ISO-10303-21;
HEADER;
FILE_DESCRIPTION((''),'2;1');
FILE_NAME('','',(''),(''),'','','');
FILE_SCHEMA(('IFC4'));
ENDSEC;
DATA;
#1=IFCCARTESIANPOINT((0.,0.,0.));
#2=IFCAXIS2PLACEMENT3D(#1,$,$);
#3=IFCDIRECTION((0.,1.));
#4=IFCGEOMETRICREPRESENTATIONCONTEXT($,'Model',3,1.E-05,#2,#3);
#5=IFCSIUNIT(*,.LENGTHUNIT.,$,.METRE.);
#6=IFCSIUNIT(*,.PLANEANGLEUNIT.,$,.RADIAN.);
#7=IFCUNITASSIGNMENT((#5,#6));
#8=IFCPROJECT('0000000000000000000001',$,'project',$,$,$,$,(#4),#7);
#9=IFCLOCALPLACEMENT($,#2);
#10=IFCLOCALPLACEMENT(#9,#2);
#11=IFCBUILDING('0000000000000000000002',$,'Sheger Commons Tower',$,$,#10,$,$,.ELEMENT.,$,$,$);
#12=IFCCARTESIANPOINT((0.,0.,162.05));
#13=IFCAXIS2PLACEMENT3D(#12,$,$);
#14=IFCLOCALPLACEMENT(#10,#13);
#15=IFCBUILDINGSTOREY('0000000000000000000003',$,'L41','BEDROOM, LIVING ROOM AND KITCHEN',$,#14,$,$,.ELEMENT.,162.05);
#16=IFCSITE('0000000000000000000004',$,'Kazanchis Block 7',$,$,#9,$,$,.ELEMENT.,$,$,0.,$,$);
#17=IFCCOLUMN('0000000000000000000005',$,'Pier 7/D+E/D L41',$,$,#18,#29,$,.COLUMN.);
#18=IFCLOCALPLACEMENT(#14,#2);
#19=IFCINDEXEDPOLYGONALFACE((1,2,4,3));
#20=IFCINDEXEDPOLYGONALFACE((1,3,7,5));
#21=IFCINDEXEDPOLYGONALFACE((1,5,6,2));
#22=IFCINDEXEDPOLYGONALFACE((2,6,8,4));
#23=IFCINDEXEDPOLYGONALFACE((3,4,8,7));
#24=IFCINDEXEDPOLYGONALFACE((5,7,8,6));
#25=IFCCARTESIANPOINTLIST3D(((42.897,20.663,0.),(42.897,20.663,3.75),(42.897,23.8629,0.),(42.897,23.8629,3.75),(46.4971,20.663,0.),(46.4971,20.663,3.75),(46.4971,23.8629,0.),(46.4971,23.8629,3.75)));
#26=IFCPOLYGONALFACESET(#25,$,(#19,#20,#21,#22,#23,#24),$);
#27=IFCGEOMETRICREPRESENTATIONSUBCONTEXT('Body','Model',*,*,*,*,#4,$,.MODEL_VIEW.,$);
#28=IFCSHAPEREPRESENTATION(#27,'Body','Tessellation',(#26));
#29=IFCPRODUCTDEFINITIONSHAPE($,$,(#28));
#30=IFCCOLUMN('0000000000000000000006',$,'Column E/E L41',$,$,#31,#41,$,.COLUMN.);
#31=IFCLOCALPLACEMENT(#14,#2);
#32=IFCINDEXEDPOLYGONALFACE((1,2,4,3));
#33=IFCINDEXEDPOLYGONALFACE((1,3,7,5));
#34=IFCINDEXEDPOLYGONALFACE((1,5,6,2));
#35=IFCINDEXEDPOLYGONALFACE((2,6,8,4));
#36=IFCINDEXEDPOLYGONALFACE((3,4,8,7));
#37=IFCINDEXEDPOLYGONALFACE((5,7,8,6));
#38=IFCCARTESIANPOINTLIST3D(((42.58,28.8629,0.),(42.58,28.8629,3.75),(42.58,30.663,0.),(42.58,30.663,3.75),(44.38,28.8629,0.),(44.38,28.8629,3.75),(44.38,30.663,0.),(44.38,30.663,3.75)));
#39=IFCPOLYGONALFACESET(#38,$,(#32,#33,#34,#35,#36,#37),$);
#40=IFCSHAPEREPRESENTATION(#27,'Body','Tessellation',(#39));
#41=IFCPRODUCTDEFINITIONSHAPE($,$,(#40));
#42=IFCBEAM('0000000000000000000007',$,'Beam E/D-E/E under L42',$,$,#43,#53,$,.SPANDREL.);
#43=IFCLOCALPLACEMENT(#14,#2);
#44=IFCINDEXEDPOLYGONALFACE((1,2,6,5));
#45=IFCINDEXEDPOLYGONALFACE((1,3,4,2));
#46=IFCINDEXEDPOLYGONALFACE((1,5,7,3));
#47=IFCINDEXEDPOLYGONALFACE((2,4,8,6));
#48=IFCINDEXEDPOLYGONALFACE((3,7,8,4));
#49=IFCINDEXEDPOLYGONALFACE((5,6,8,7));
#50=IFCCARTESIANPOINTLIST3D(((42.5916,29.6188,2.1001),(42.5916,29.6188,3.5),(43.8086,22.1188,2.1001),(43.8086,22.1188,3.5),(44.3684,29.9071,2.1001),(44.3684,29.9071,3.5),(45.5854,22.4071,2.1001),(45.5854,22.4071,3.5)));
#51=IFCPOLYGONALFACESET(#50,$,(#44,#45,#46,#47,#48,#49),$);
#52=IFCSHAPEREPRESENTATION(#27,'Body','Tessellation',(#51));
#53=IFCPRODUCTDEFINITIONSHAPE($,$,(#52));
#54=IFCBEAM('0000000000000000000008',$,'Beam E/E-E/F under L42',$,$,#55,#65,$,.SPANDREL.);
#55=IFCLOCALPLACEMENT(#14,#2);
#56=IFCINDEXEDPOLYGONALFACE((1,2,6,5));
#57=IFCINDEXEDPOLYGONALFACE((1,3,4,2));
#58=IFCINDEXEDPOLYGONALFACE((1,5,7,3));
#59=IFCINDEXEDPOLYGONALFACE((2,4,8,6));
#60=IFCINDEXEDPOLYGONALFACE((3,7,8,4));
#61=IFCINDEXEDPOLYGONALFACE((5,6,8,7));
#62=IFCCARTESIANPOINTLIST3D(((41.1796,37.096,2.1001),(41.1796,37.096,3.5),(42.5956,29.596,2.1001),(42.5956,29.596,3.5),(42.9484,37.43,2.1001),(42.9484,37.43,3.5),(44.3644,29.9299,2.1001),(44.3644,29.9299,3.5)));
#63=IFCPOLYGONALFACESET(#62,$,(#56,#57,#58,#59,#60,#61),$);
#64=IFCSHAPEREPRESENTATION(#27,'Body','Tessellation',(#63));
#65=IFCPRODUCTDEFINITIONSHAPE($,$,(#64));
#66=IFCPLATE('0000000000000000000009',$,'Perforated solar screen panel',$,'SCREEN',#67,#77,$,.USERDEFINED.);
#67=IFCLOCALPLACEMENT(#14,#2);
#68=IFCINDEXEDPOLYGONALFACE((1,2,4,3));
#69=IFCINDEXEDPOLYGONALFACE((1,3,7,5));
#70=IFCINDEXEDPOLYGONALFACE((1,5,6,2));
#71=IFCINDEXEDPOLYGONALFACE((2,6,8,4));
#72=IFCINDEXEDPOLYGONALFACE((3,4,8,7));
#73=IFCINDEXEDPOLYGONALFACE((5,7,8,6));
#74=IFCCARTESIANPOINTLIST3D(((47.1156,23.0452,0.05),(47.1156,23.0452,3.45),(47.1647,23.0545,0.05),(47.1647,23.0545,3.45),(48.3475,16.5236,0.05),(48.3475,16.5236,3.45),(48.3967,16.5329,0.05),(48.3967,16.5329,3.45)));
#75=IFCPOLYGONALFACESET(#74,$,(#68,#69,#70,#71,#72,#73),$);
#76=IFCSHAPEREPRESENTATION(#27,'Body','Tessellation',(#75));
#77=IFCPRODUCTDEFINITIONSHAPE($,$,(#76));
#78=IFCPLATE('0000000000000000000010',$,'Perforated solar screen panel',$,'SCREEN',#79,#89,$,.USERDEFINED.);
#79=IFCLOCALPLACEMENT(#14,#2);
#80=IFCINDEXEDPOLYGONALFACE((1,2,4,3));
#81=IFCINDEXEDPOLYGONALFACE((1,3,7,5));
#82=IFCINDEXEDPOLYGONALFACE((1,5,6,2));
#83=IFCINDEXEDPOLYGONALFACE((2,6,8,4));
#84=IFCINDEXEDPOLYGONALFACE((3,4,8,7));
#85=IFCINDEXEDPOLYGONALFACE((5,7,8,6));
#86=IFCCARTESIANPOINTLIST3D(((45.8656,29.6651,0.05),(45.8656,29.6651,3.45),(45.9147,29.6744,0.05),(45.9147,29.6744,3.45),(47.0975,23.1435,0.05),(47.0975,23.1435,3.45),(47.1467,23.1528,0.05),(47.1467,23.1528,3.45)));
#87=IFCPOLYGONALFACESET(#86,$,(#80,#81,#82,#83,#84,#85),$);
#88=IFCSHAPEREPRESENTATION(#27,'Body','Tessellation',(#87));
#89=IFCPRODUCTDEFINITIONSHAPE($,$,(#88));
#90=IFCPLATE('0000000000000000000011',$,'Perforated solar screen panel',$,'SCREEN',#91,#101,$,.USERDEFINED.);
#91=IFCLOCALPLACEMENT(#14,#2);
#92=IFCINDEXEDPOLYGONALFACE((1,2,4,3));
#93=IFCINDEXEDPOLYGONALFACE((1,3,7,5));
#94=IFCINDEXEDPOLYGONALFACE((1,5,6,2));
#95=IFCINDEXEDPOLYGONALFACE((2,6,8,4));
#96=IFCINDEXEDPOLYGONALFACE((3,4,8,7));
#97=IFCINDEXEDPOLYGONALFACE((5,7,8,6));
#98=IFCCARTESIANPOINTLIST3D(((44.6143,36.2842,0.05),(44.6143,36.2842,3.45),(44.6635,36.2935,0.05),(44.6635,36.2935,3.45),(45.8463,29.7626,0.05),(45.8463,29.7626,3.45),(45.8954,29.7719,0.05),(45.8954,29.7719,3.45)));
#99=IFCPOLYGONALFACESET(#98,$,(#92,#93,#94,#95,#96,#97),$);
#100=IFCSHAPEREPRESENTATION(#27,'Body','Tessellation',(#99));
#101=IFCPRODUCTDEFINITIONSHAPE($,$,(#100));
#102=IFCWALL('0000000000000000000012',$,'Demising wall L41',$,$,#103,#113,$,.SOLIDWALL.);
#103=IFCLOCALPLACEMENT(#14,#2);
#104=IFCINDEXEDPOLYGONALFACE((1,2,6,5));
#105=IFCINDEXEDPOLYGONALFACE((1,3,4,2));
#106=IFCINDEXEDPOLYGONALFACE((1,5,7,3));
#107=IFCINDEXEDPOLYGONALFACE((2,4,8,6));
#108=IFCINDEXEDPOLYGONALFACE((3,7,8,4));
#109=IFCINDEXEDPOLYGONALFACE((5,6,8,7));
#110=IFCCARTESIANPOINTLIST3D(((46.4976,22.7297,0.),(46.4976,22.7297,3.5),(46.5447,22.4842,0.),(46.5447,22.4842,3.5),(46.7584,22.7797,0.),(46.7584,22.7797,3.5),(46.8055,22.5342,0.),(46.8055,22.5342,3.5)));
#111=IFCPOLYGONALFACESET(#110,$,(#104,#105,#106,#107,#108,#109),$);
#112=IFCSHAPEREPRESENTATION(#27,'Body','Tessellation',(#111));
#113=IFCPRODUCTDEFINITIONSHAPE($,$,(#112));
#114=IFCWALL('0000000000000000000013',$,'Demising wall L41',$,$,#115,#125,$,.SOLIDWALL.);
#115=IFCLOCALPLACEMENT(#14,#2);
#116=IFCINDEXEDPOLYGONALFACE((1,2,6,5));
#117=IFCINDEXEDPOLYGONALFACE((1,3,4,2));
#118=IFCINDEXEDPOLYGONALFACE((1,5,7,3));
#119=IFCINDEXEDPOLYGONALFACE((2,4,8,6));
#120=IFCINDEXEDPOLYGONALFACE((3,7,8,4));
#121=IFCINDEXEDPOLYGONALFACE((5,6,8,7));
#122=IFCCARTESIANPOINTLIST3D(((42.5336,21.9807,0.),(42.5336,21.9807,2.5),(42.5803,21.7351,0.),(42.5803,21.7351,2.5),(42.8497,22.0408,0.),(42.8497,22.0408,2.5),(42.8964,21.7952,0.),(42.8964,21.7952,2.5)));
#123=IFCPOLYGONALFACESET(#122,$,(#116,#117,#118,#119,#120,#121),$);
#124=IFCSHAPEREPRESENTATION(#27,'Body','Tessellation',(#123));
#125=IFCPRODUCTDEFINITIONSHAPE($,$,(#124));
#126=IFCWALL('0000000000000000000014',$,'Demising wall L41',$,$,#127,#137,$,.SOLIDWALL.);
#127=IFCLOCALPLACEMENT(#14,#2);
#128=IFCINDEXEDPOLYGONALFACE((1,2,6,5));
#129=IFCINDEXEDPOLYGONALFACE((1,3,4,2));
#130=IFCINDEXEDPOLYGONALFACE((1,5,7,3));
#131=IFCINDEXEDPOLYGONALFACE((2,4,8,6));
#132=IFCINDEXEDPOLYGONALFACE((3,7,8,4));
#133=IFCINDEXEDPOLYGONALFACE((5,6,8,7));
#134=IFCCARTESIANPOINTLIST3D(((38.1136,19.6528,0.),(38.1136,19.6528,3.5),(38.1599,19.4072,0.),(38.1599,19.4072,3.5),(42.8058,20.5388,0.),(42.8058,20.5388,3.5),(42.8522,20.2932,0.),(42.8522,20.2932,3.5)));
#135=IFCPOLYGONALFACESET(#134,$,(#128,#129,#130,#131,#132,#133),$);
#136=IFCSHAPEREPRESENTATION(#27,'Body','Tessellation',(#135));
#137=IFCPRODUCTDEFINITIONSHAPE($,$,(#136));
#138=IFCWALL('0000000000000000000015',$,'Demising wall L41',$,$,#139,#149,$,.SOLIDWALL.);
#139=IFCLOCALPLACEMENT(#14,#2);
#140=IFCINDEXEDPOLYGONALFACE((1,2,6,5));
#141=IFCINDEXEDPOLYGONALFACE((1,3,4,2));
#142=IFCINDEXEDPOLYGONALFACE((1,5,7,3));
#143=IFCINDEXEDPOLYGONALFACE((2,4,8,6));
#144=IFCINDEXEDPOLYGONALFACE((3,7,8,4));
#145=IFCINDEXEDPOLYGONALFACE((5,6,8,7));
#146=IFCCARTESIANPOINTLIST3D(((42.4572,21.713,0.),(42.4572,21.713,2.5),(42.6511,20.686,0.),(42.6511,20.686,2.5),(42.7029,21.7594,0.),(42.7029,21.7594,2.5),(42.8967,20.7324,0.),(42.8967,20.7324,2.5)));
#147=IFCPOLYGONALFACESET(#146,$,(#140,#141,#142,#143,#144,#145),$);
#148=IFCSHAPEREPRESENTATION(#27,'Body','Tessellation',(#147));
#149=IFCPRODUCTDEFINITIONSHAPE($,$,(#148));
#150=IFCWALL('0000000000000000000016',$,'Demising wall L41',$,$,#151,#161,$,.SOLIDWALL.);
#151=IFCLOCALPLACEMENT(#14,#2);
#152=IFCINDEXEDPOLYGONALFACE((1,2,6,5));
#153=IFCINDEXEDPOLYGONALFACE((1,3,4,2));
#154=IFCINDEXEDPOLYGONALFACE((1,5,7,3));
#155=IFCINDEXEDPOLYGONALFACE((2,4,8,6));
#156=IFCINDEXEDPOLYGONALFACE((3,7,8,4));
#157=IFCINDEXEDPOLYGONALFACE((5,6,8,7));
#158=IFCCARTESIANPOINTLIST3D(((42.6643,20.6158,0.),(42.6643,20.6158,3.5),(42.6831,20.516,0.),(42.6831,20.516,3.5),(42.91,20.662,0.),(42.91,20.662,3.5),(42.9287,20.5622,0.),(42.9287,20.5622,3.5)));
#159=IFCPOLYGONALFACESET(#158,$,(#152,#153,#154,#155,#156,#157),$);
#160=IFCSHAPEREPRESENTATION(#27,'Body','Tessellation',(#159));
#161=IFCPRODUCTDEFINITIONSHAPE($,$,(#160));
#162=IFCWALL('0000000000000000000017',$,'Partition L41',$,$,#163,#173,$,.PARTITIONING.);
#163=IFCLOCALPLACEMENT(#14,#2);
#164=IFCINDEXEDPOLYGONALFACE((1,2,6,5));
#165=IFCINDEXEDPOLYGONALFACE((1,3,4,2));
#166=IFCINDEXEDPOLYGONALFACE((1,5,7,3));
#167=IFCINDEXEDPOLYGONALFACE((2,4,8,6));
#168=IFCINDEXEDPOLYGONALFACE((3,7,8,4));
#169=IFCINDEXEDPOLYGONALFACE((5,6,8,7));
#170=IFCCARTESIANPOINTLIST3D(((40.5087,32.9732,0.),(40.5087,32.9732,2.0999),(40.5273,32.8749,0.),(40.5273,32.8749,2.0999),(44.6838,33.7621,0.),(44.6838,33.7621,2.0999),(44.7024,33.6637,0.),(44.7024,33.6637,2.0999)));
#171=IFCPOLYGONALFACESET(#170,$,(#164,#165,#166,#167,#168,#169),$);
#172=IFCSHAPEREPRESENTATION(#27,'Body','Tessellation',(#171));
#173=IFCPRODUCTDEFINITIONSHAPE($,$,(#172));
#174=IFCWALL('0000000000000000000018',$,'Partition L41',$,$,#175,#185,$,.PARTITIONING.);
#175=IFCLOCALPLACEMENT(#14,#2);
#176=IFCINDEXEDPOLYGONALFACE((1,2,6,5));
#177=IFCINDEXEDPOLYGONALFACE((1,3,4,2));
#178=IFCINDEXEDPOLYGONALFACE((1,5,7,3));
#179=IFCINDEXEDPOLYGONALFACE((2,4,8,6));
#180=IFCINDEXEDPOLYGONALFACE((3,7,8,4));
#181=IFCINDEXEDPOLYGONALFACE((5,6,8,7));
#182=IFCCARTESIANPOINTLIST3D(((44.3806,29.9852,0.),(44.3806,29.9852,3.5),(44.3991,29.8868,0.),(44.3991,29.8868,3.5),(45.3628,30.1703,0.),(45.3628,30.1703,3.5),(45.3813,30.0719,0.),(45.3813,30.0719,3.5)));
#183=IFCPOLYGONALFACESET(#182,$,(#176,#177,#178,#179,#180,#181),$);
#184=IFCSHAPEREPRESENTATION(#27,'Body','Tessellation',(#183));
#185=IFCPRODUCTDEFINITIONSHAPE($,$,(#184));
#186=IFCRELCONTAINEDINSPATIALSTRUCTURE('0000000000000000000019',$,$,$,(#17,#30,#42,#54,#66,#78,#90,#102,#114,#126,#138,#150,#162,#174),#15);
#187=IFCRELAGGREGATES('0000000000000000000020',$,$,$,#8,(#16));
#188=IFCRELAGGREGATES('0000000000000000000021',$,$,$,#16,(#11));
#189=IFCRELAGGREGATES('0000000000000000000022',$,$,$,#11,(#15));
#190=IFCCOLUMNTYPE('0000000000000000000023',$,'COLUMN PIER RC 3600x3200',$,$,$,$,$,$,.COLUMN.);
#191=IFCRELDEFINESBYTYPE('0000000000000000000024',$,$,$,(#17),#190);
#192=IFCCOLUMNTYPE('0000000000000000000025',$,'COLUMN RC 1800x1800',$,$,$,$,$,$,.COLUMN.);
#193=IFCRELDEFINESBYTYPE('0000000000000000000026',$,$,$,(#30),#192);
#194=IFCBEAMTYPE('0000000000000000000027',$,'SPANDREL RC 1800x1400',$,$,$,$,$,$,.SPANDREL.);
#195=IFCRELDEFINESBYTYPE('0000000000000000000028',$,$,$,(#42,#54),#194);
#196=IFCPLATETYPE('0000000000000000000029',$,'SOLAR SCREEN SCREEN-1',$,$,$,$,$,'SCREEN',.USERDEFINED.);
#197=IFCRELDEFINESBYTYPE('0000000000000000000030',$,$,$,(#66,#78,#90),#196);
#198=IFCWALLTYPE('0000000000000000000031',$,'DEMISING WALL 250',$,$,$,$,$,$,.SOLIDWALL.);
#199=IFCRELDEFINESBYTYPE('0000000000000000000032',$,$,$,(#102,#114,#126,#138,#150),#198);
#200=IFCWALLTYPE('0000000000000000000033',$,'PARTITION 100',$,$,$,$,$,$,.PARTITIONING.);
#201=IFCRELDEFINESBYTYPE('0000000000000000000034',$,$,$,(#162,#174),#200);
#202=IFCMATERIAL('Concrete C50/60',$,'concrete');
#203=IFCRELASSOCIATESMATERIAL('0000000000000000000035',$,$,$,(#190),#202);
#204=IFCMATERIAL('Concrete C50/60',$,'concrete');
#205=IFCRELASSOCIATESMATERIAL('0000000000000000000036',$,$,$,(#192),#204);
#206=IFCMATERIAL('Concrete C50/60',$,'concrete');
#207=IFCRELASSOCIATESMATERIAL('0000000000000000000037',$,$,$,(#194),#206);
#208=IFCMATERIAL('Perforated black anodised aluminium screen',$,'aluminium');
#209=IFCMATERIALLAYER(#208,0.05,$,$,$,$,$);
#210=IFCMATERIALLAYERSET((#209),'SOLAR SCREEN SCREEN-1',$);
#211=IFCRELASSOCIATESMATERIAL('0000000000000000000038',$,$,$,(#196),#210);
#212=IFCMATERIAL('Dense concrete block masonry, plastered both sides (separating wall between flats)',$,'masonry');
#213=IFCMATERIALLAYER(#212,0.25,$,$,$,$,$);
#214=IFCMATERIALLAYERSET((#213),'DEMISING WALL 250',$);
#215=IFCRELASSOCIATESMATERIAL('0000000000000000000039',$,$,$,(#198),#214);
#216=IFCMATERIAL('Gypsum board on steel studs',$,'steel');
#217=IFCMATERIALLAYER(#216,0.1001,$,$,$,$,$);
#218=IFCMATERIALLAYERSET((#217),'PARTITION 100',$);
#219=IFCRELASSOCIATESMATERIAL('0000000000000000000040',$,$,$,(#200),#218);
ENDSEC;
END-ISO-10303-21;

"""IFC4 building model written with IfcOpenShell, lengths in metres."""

from ifc_helpers import new_model, si_unit, direction, frame, frame_2d, origin, origin_2d, place, context, subcontext, project, spatial, rectangle, extrude, material, layer, layer_set, material_profile, profile_set, type_object, element, save


model = new_model("IFC4")

# Units and contexts
model_context = context("Model", 3, precision=1e-05, world=origin(), true_north=direction((0.0, 1.0)))
body_context = subcontext(model_context, "Body", "Model", "MODEL_VIEW")
ifc_project = project(units=[si_unit("LENGTHUNIT", "METRE"), si_unit("PLANEANGLEUNIT", "RADIAN")], contexts=[model_context])

# Site, building, storey
site_placement = place(None, origin())
site = spatial("IfcSite", under=ifc_project, at=site_placement, Name="Kazanchis Block 7", CompositionType="ELEMENT", RefElevation=0.0)
building_placement = place(site_placement, origin())
building = spatial("IfcBuilding", under=site, at=building_placement, Name="Sheger Commons Tower", CompositionType="ELEMENT")
storey_placement = place(building_placement, frame((0.0, 0.0, 162.05)))
storey = spatial("IfcBuildingStorey", under=building, at=storey_placement, Name="L41", Description="BEDROOM, LIVING ROOM AND KITCHEN", CompositionType="ELEMENT", Elevation=162.05)

# Columns
ifc_material_1 = material(Name="Concrete C50/60", Category="concrete")
ifc_material_profile_1 = material_profile(ifc_material_1, rectangle(XDim=3.6001, YDim=3.2, at=origin_2d()), Name="RC 3600x3200")
ifc_profile_set_1 = profile_set([ifc_material_profile_1], Name="Concrete C50/60")
column_type_1 = type_object("IfcColumnType", Name="COLUMN PIER RC 3600x3200", PredefinedType="COLUMN", material=ifc_profile_set_1)
column_1_placement = place(storey_placement, frame((44.697, 22.2629, 0.0), z_axis=(0.0, 0.0, 1.0), x_axis=(1.0, 0.0, 0.0)))
element("IfcColumn", 1, at=column_1_placement, inside=storey, type_object=column_type_1, Name="Pier 7/D+E/D L41", PredefinedType="COLUMN", context=body_context, shape_type="SweptSolid", body=[
    extrude(rectangle(XDim=3.6001, YDim=3.2, at=origin_2d()), origin(), (0.0, 0.0, 1.0), 3.75),
])
ifc_material_2 = material(Name="Concrete C50/60", Category="concrete")
ifc_material_profile_2 = material_profile(ifc_material_2, rectangle(XDim=1.8, YDim=1.8, at=origin_2d()), Name="RC 1800x1800")
ifc_profile_set_2 = profile_set([ifc_material_profile_2], Name="Concrete C50/60")
column_type_2 = type_object("IfcColumnType", Name="COLUMN RC 1800x1800", PredefinedType="COLUMN", material=ifc_profile_set_2)
column_2_placement = place(storey_placement, frame((43.48, 29.7629, 0.0), z_axis=(0.0, 0.0, 1.0), x_axis=(1.0, 0.0, 0.0)))
element("IfcColumn", 2, at=column_2_placement, inside=storey, type_object=column_type_2, Name="Column E/E L41", PredefinedType="COLUMN", context=body_context, shape_type="SweptSolid", body=[
    extrude(rectangle(XDim=1.8, YDim=1.8, at=origin_2d()), origin(), (0.0, 0.0, 1.0), 3.75),
])

# Beams
ifc_material_3 = material(Name="Concrete C50/60", Category="concrete")
ifc_material_profile_3 = material_profile(ifc_material_3, rectangle(XDim=1.8, YDim=1.3999, at=origin_2d()), Name="RC 1800x1400")
ifc_profile_set_3 = profile_set([ifc_material_profile_3], Name="Concrete C50/60")
beam_type = type_object("IfcBeamType", Name="SPANDREL RC 1800x1400", PredefinedType="SPANDREL", material=ifc_profile_set_3)
beam_1_placement = place(storey_placement, frame((44.697, 22.2629, 2.8), z_axis=(-0.160177, 0.987088, 0.0), x_axis=(-0.987088, -0.160177, 0.0)))
element("IfcBeam", 3, at=beam_1_placement, inside=storey, type_object=beam_type, Name="Beam E/D-E/E under L42", PredefinedType="SPANDREL", context=body_context, shape_type="SweptSolid", body=[
    extrude(rectangle(XDim=1.8, YDim=1.3999, at=origin_2d()), origin(), (0.0, 0.0, 1.0), 7.5981),
])
beam_2_placement = place(storey_placement, frame((43.48, 29.7629, 2.8), z_axis=(-0.185524, 0.98264, 0.0), x_axis=(-0.98264, -0.185524, 0.0)))
element("IfcBeam", 4, at=beam_2_placement, inside=storey, type_object=beam_type, Name="Beam E/E-E/F under L42", PredefinedType="SPANDREL", context=body_context, shape_type="SweptSolid", body=[
    extrude(rectangle(XDim=1.8, YDim=1.3999, at=origin_2d()), origin(), (0.0, 0.0, 1.0), 7.6326),
])

# Plates
ifc_material_4 = material(Name="Perforated black anodised aluminium screen", Category="aluminium")
ifc_layer_1 = layer(ifc_material_4, 0.05)
ifc_layer_set_1 = layer_set([ifc_layer_1], Name="SOLAR SCREEN SCREEN-1")
plate_type = type_object("IfcPlateType", Name="SOLAR SCREEN SCREEN-1", ElementType="SCREEN", PredefinedType="USERDEFINED", material=ifc_layer_set_1)
for number, where, z_axis, x_axis, name in (
    (5, (47.7561, 19.7891, 0.05), (0.0, 0.0, 1.0), (-0.185615, 0.982623, 0.0), "Perforated solar screen panel"),
    (6, (46.5061, 26.4089, 0.05), (0.0, 0.0, 1.0), (-0.185615, 0.982623, 0.0), "Perforated solar screen panel"),
    (7, (45.2549, 33.0281, 0.05), (0.0, 0.0, 1.0), (-0.185615, 0.982623, 0.0), "Perforated solar screen panel"),
):
    element("IfcPlate", number, at=place(storey_placement, frame(where, z_axis=z_axis, x_axis=x_axis)), inside=storey, type_object=plate_type, Name=name, ObjectType="SCREEN", PredefinedType="USERDEFINED", context=body_context, shape_type="SweptSolid", body=[
        extrude(rectangle(XDim=6.637, YDim=0.05, at=origin_2d()), origin(), (0.0, 0.0, 1.0), 3.3999),
    ])

# Walls
ifc_material_5 = material(Name="Dense concrete block masonry, plastered both sides (separating wall between flats)", Category="masonry")
ifc_layer_2 = layer(ifc_material_5, 0.25)
ifc_layer_set_2 = layer_set([ifc_layer_2], Name="DEMISING WALL 250")
wall_type_1 = type_object("IfcWallType", Name="DEMISING WALL 250", PredefinedType="SOLIDWALL", material=ifc_layer_set_2)
wall_1_placement = place(storey_placement, frame((46.782, 22.657, 0.0), z_axis=(0.0, 0.0, 1.0), x_axis=(-0.982105, -0.188336, 0.0)))
element("IfcWall", 8, at=wall_1_placement, inside=storey, type_object=wall_type_1, Name="Demising wall L41", PredefinedType="SOLIDWALL", context=body_context, shape_type="SweptSolid", body=[
    extrude(rectangle(XDim=0.2656, YDim=0.25, at=frame_2d((0.1328, 0.0))), origin(), (0.0, 0.0, 1.0), 3.5),
])
wall_2_placement = place(storey_placement, frame((42.873, 21.918, 0.0), z_axis=(0.0, 0.0, 1.0), x_axis=(-0.982431, -0.186624, 0.0)))
element("IfcWall", 9, at=wall_2_placement, inside=storey, type_object=wall_type_1, Name="Demising wall L41", PredefinedType="SOLIDWALL", context=body_context, shape_type="SweptSolid", body=[
    extrude(rectangle(XDim=0.3218, YDim=0.25, at=frame_2d((0.1609, 0.0))), origin(), (0.0, 0.0, 1.0), 2.5),
])
wall_3_placement = place(storey_placement, frame((42.8291, 20.416, 0.0), z_axis=(0.0, 0.0, 1.0), x_axis=(-0.982636, -0.185545, 0.0)))
element("IfcWall", 10, at=wall_3_placement, inside=storey, type_object=wall_type_1, Name="Demising wall L41", PredefinedType="SOLIDWALL", context=body_context, shape_type="SweptSolid", body=[
    extrude(rectangle(XDim=4.7751, YDim=0.25, at=frame_2d((2.3877, 0.0))), origin(), (0.0, 0.0, 1.0), 3.5),
])
wall_4_placement = place(storey_placement, frame((42.5801, 21.7361, 0.0), z_axis=(0.0, 0.0, 1.0), x_axis=(0.185459, -0.982652, 0.0)))
element("IfcWall", 11, at=wall_4_placement, inside=storey, type_object=wall_type_1, Name="Demising wall L41", PredefinedType="SOLIDWALL", context=body_context, shape_type="SweptSolid", body=[
    extrude(rectangle(XDim=1.0452, YDim=0.25, at=frame_2d((0.5225, 0.0))), origin(), (0.0, 0.0, 1.0), 2.5),
])
wall_5_placement = place(storey_placement, frame((42.7871, 20.6389, 0.0), z_axis=(0.0, 0.0, 1.0), x_axis=(0.185014, -0.982736, 0.0)))
element("IfcWall", 12, at=wall_5_placement, inside=storey, type_object=wall_type_1, Name="Demising wall L41", PredefinedType="SOLIDWALL", context=body_context, shape_type="SweptSolid", body=[
    extrude(rectangle(XDim=0.1016, YDim=0.25, at=frame_2d((0.0508, 0.0))), origin(), (0.0, 0.0, 1.0), 3.5),
])
ifc_material_6 = material(Name="Gypsum board on steel studs", Category="steel")
ifc_layer_3 = layer(ifc_material_6, 0.1001)
ifc_layer_set_3 = layer_set([ifc_layer_3], Name="PARTITION 100")
wall_type_2 = type_object("IfcWallType", Name="PARTITION 100", PredefinedType="PARTITIONING", material=ifc_layer_set_3)
wall_6_placement = place(storey_placement, frame((44.6931, 33.7129, 0.0), z_axis=(0.0, 0.0, 1.0), x_axis=(-0.982616, -0.185652, 0.0)))
element("IfcWall", 13, at=wall_6_placement, inside=storey, type_object=wall_type_2, Name="Partition L41", PredefinedType="PARTITIONING", context=body_context, shape_type="SweptSolid", body=[
    extrude(rectangle(XDim=4.249, YDim=0.1001, at=frame_2d((2.1245, 0.0))), origin(), (0.0, 0.0, 1.0), 2.0999),
])
wall_7_placement = place(storey_placement, frame((45.3721, 30.1211, 0.0), z_axis=(0.0, 0.0, 1.0), x_axis=(-0.982709, -0.185159, 0.0)))
element("IfcWall", 14, at=wall_7_placement, inside=storey, type_object=wall_type_2, Name="Partition L41", PredefinedType="PARTITIONING", context=body_context, shape_type="SweptSolid", body=[
    extrude(rectangle(XDim=0.9995, YDim=0.1001, at=frame_2d((0.4998, 0.0))), origin(), (0.0, 0.0, 1.0), 3.5),
])

save(model, "model.ifc")
